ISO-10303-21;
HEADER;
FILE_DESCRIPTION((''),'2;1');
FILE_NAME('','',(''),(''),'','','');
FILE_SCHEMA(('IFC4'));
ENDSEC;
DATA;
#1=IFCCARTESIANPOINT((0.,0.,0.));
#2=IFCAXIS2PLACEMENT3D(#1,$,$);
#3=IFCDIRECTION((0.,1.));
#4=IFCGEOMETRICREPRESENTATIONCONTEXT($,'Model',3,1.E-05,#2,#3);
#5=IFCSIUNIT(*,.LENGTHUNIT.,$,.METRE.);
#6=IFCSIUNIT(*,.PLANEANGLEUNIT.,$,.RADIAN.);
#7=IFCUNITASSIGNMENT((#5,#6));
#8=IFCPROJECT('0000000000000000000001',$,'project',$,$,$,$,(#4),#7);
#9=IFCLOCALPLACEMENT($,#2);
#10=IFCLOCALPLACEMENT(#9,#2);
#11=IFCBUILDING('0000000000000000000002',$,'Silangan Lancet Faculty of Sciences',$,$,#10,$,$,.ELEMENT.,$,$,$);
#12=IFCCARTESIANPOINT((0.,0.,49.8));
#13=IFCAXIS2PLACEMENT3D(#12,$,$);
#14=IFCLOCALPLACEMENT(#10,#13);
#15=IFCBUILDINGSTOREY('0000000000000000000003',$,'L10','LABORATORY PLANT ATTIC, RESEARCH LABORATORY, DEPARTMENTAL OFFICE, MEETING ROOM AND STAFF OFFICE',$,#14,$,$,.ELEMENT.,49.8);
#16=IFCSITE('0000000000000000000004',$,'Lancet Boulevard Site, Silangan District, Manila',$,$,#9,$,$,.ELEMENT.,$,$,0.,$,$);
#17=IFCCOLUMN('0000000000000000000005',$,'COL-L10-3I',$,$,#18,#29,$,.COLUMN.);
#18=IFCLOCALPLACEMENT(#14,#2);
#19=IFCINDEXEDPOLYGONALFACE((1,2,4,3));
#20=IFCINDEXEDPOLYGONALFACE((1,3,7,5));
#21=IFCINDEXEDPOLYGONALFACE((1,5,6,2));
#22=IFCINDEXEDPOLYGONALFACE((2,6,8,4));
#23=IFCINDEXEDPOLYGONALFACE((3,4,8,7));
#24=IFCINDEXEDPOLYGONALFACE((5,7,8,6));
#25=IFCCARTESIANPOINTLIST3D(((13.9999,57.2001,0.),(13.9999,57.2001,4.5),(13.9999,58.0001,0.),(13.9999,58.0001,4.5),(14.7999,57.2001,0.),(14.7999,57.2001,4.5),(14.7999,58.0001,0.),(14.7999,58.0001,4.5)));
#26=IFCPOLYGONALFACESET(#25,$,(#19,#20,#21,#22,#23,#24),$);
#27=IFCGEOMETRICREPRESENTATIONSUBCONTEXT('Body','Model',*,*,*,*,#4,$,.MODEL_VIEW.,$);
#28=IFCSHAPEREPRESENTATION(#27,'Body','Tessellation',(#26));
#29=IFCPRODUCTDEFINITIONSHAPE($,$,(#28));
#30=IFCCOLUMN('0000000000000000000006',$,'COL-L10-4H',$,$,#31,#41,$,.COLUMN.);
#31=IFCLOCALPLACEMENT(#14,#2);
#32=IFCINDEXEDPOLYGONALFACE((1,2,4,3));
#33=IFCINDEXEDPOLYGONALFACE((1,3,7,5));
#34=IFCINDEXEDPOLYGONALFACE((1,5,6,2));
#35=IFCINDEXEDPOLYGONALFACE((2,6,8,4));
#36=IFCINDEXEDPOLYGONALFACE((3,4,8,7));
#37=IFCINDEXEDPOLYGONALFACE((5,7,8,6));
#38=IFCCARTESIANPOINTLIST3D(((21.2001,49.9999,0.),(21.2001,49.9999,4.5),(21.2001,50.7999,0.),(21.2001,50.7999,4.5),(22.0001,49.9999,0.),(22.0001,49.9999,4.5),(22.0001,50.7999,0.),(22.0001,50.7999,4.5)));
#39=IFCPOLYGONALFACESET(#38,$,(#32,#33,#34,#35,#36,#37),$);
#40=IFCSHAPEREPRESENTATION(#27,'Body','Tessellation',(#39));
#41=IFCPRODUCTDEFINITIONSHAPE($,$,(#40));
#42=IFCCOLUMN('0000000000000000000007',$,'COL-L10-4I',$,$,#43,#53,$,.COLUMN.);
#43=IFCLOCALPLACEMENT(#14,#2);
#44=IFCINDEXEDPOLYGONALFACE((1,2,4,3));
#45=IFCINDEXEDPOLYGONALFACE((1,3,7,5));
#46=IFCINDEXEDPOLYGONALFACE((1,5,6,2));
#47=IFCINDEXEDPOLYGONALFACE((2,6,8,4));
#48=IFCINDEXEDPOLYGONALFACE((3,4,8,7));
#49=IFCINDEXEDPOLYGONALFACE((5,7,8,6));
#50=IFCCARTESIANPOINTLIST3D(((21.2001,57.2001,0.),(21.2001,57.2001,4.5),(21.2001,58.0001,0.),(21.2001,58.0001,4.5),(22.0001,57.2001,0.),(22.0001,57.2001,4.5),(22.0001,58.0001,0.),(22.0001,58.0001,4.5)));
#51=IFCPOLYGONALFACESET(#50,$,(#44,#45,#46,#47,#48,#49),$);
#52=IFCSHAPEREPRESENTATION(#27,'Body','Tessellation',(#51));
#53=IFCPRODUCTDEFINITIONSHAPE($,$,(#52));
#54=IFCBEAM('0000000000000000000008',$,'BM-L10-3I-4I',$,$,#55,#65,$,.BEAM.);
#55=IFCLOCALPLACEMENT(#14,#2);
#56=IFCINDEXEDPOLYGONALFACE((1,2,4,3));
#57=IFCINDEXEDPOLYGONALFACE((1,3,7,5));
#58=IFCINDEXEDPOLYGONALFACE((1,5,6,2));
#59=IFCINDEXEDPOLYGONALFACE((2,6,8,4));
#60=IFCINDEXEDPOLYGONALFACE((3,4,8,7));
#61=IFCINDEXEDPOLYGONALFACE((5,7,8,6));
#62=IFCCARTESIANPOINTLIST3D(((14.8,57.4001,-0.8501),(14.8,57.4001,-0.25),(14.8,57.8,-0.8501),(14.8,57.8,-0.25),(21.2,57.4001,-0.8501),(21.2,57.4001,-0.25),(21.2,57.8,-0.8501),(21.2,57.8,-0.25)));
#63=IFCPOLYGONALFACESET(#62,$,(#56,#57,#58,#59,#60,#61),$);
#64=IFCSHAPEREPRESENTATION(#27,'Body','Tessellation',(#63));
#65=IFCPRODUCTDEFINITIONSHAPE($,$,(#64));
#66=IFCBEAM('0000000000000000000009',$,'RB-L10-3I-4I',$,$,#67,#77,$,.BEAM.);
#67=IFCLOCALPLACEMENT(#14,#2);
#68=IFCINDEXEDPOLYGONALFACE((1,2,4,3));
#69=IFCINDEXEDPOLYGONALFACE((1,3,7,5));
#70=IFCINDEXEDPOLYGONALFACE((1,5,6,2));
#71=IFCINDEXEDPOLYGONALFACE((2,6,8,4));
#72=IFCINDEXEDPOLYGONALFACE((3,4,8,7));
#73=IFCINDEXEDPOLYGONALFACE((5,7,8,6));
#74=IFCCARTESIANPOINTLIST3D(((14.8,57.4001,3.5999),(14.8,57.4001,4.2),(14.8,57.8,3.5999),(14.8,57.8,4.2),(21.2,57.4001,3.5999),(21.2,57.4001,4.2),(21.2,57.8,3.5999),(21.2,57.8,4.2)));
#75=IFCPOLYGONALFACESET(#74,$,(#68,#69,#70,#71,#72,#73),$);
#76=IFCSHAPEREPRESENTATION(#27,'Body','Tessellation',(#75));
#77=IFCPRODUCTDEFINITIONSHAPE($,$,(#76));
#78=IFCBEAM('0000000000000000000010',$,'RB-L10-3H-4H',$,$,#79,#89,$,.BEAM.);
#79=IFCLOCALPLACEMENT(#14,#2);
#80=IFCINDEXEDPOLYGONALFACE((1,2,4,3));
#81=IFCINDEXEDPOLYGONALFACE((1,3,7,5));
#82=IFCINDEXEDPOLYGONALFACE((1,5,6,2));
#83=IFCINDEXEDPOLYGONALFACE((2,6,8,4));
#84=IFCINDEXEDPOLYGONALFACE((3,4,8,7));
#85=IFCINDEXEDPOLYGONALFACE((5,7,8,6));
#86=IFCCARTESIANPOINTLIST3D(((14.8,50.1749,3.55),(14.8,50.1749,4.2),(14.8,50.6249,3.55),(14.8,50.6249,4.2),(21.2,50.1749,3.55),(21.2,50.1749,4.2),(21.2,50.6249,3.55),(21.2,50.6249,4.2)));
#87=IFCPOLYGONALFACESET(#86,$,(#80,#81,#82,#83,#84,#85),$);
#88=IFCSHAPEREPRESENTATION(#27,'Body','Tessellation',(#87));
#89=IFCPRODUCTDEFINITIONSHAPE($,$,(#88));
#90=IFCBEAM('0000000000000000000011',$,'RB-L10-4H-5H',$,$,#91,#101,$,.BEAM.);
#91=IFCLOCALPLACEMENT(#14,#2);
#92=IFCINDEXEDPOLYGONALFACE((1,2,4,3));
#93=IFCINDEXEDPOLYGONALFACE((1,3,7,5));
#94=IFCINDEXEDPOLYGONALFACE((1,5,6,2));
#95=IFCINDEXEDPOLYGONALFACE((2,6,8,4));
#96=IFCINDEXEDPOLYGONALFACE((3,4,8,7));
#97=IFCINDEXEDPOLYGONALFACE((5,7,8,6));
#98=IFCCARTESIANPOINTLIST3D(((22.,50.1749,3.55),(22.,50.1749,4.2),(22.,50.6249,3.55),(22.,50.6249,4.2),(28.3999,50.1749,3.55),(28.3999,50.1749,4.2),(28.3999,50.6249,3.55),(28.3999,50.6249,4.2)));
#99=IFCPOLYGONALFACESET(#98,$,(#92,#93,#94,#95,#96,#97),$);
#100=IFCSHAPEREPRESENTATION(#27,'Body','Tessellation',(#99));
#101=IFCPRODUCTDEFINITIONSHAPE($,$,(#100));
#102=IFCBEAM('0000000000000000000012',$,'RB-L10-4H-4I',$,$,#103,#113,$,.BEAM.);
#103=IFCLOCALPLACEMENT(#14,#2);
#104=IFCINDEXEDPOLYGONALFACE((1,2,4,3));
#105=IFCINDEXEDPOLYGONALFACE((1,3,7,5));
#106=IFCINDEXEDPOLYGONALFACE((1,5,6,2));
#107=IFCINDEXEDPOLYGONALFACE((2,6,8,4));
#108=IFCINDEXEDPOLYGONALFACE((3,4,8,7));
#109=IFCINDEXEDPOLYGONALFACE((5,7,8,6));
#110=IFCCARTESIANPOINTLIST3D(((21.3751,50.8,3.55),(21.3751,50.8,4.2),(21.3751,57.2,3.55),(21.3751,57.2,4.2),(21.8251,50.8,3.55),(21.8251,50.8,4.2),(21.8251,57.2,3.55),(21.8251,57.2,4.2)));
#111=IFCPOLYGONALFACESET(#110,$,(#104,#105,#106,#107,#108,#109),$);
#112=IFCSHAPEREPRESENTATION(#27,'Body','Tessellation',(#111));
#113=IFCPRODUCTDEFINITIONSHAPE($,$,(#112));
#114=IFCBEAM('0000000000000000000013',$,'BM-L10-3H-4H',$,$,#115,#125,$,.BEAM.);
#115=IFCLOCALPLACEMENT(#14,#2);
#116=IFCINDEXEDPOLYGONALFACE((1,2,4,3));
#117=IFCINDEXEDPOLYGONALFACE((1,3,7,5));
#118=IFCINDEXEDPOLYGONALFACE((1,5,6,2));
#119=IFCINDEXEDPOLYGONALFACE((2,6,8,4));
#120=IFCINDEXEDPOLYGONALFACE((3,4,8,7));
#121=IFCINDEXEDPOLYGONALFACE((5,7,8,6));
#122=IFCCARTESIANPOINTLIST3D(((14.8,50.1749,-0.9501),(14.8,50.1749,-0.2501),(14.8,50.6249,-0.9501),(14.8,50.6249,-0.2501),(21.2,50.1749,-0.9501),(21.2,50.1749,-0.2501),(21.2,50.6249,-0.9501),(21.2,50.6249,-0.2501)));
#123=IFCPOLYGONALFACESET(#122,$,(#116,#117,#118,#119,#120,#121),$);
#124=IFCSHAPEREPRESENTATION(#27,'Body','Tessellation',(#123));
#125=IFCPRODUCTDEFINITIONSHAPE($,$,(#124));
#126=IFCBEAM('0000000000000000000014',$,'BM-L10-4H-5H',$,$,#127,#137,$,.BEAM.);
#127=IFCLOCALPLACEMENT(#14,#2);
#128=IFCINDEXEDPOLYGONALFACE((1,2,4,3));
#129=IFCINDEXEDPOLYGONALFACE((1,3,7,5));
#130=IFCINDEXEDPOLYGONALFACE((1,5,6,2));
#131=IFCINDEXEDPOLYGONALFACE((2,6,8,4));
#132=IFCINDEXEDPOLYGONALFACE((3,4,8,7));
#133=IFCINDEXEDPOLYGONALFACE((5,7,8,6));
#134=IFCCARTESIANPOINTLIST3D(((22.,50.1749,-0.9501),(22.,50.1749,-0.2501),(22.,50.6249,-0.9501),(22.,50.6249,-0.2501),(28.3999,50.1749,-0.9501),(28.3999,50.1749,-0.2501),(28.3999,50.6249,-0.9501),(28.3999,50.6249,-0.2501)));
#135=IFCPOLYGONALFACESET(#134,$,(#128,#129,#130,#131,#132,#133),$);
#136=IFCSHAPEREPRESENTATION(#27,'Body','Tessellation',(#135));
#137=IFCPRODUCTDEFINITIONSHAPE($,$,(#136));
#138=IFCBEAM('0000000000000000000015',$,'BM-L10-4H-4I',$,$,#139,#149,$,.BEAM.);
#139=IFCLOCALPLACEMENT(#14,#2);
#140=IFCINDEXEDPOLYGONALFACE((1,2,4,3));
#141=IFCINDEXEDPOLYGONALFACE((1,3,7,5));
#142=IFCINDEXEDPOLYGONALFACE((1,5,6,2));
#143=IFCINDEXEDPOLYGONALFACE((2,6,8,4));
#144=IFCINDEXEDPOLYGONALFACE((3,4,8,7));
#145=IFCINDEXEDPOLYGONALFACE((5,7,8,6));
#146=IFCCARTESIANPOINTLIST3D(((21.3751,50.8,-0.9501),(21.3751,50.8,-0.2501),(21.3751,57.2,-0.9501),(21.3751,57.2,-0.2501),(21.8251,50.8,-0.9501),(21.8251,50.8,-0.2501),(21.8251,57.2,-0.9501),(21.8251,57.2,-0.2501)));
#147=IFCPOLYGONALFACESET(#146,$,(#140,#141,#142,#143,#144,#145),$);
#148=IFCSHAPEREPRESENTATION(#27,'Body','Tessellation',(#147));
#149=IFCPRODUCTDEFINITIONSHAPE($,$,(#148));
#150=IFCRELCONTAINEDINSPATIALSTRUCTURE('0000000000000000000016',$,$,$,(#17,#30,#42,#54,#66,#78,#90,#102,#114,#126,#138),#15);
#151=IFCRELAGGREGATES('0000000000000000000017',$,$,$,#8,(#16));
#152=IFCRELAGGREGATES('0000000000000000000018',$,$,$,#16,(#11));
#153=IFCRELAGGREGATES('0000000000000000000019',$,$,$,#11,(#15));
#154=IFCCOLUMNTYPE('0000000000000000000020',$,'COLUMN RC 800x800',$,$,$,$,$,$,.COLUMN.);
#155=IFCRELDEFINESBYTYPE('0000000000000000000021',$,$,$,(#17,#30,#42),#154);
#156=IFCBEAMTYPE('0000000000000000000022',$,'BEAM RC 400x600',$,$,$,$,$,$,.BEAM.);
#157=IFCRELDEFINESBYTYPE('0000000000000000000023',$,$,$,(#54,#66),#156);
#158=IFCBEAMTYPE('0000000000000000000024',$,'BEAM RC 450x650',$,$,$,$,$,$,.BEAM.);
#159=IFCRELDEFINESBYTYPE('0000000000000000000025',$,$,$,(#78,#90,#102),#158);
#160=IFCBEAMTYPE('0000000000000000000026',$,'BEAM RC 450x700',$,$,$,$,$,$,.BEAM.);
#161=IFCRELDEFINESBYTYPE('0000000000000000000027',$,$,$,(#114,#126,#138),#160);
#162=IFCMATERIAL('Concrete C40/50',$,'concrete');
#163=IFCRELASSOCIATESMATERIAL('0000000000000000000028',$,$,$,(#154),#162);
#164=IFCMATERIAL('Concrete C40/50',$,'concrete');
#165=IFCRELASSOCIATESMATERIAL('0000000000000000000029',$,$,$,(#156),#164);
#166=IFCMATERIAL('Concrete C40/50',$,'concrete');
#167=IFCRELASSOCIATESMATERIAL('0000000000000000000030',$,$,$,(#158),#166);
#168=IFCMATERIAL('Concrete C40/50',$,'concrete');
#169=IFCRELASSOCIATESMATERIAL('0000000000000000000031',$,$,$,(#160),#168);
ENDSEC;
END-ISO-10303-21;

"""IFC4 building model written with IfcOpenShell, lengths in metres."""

from ifc_helpers import new_model, si_unit, direction, frame, origin, origin_2d, place, context, subcontext, project, spatial, rectangle, extrude, material, material_profile, profile_set, type_object, element, save


model = new_model("IFC4")

# Units and contexts
model_context = context("Model", 3, precision=1e-05, world=origin(), true_north=direction((0.0, 1.0)))
body_context = subcontext(model_context, "Body", "Model", "MODEL_VIEW")
ifc_project = project(units=[si_unit("LENGTHUNIT", "METRE"), si_unit("PLANEANGLEUNIT", "RADIAN")], contexts=[model_context])

# Site, building, storey
site_placement = place(None, origin())
site = spatial("IfcSite", under=ifc_project, at=site_placement, Name="Lancet Boulevard Site, Silangan District, Manila", CompositionType="ELEMENT", RefElevation=0.0)
building_placement = place(site_placement, origin())
building = spatial("IfcBuilding", under=site, at=building_placement, Name="Silangan Lancet Faculty of Sciences", CompositionType="ELEMENT")
storey_placement = place(building_placement, frame((0.0, 0.0, 49.8)))
storey = spatial("IfcBuildingStorey", under=building, at=storey_placement, Name="L10", Description="LABORATORY PLANT ATTIC, RESEARCH LABORATORY, DEPARTMENTAL OFFICE, MEETING ROOM AND STAFF OFFICE", CompositionType="ELEMENT", Elevation=49.8)

# Columns
ifc_material_1 = material(Name="Concrete C40/50", Category="concrete")
ifc_material_profile_1 = material_profile(ifc_material_1, rectangle(XDim=0.8, YDim=0.8, at=origin_2d()), Name="RC 800x800")
ifc_profile_set_1 = profile_set([ifc_material_profile_1], Name="Concrete C40/50")
column_type = type_object("IfcColumnType", Name="COLUMN RC 800x800", PredefinedType="COLUMN", material=ifc_profile_set_1)
for number, where, z_axis, x_axis, name in (
    (1, (14.3999, 57.6001, 0.0), (0.0, 0.0, 1.0), (1.0, 0.0, 0.0), "COL-L10-3I"),
    (2, (21.6001, 50.3999, 0.0), (0.0, 0.0, 1.0), (1.0, 0.0, 0.0), "COL-L10-4H"),
    (3, (21.6001, 57.6001, 0.0), (0.0, 0.0, 1.0), (1.0, 0.0, 0.0), "COL-L10-4I"),
):
    element("IfcColumn", number, at=place(storey_placement, frame(where, z_axis=z_axis, x_axis=x_axis)), inside=storey, type_object=column_type, Name=name, PredefinedType="COLUMN", context=body_context, shape_type="SweptSolid", body=[
        extrude(rectangle(XDim=0.8, YDim=0.8, at=origin_2d()), origin(), (0.0, 0.0, 1.0), 4.5),
    ])

# Beams
ifc_material_2 = material(Name="Concrete C40/50", Category="concrete")
ifc_material_profile_2 = material_profile(ifc_material_2, rectangle(XDim=0.3999, YDim=0.6001, at=origin_2d()), Name="RC 400x600")
ifc_profile_set_2 = profile_set([ifc_material_profile_2], Name="Concrete C40/50")
beam_type_1 = type_object("IfcBeamType", Name="BEAM RC 400x600", PredefinedType="BEAM", material=ifc_profile_set_2)
for number, where, z_axis, x_axis, name in (
    (4, (14.8, 57.6001, -0.55), (1.0, 0.0, 0.0), (0.0, 1.0, 0.0), "BM-L10-3I-4I"),
    (5, (14.8, 57.6001, 3.8999), (1.0, 0.0, 0.0), (0.0, 1.0, 0.0), "RB-L10-3I-4I"),
):
    element("IfcBeam", number, at=place(storey_placement, frame(where, z_axis=z_axis, x_axis=x_axis)), inside=storey, type_object=beam_type_1, Name=name, PredefinedType="BEAM", context=body_context, shape_type="SweptSolid", body=[
        extrude(rectangle(XDim=0.3999, YDim=0.6001, at=origin_2d()), origin(), (0.0, 0.0, 1.0), 6.3999),
    ])
ifc_material_3 = material(Name="Concrete C40/50", Category="concrete")
ifc_material_profile_3 = material_profile(ifc_material_3, rectangle(XDim=0.45, YDim=0.6499, at=origin_2d()), Name="RC 450x650")
ifc_profile_set_3 = profile_set([ifc_material_profile_3], Name="Concrete C40/50")
beam_type_2 = type_object("IfcBeamType", Name="BEAM RC 450x650", PredefinedType="BEAM", material=ifc_profile_set_3)
for number, where, z_axis, x_axis, name in (
    (6, (14.8, 50.3999, 3.875), (1.0, 0.0, 0.0), (0.0, 1.0, 0.0), "RB-L10-3H-4H"),
    (7, (22.0, 50.3999, 3.875), (1.0, 0.0, 0.0), (0.0, 1.0, 0.0), "RB-L10-4H-5H"),
    (8, (21.6001, 50.8, 3.875), (0.0, 1.0, 0.0), (-1.0, 0.0, 0.0), "RB-L10-4H-4I"),
):
    element("IfcBeam", number, at=place(storey_placement, frame(where, z_axis=z_axis, x_axis=x_axis)), inside=storey, type_object=beam_type_2, Name=name, PredefinedType="BEAM", context=body_context, shape_type="SweptSolid", body=[
        extrude(rectangle(XDim=0.45, YDim=0.6499, at=origin_2d()), origin(), (0.0, 0.0, 1.0), 6.3999),
    ])
ifc_material_4 = material(Name="Concrete C40/50", Category="concrete")
ifc_material_profile_4 = material_profile(ifc_material_4, rectangle(XDim=0.45, YDim=0.7, at=origin_2d()), Name="RC 450x700")
ifc_profile_set_4 = profile_set([ifc_material_profile_4], Name="Concrete C40/50")
beam_type_3 = type_object("IfcBeamType", Name="BEAM RC 450x700", PredefinedType="BEAM", material=ifc_profile_set_4)
for number, where, z_axis, x_axis, name in (
    (9, (14.8, 50.3999, -0.6001), (1.0, 0.0, 0.0), (0.0, 1.0, 0.0), "BM-L10-3H-4H"),
    (10, (22.0, 50.3999, -0.6001), (1.0, 0.0, 0.0), (0.0, 1.0, 0.0), "BM-L10-4H-5H"),
    (11, (21.6001, 50.8, -0.6001), (0.0, 1.0, 0.0), (-1.0, 0.0, 0.0), "BM-L10-4H-4I"),
):
    element("IfcBeam", number, at=place(storey_placement, frame(where, z_axis=z_axis, x_axis=x_axis)), inside=storey, type_object=beam_type_3, Name=name, PredefinedType="BEAM", context=body_context, shape_type="SweptSolid", body=[
        extrude(rectangle(XDim=0.45, YDim=0.7, at=origin_2d()), origin(), (0.0, 0.0, 1.0), 6.3999),
    ])

save(model, "model.ifc")
